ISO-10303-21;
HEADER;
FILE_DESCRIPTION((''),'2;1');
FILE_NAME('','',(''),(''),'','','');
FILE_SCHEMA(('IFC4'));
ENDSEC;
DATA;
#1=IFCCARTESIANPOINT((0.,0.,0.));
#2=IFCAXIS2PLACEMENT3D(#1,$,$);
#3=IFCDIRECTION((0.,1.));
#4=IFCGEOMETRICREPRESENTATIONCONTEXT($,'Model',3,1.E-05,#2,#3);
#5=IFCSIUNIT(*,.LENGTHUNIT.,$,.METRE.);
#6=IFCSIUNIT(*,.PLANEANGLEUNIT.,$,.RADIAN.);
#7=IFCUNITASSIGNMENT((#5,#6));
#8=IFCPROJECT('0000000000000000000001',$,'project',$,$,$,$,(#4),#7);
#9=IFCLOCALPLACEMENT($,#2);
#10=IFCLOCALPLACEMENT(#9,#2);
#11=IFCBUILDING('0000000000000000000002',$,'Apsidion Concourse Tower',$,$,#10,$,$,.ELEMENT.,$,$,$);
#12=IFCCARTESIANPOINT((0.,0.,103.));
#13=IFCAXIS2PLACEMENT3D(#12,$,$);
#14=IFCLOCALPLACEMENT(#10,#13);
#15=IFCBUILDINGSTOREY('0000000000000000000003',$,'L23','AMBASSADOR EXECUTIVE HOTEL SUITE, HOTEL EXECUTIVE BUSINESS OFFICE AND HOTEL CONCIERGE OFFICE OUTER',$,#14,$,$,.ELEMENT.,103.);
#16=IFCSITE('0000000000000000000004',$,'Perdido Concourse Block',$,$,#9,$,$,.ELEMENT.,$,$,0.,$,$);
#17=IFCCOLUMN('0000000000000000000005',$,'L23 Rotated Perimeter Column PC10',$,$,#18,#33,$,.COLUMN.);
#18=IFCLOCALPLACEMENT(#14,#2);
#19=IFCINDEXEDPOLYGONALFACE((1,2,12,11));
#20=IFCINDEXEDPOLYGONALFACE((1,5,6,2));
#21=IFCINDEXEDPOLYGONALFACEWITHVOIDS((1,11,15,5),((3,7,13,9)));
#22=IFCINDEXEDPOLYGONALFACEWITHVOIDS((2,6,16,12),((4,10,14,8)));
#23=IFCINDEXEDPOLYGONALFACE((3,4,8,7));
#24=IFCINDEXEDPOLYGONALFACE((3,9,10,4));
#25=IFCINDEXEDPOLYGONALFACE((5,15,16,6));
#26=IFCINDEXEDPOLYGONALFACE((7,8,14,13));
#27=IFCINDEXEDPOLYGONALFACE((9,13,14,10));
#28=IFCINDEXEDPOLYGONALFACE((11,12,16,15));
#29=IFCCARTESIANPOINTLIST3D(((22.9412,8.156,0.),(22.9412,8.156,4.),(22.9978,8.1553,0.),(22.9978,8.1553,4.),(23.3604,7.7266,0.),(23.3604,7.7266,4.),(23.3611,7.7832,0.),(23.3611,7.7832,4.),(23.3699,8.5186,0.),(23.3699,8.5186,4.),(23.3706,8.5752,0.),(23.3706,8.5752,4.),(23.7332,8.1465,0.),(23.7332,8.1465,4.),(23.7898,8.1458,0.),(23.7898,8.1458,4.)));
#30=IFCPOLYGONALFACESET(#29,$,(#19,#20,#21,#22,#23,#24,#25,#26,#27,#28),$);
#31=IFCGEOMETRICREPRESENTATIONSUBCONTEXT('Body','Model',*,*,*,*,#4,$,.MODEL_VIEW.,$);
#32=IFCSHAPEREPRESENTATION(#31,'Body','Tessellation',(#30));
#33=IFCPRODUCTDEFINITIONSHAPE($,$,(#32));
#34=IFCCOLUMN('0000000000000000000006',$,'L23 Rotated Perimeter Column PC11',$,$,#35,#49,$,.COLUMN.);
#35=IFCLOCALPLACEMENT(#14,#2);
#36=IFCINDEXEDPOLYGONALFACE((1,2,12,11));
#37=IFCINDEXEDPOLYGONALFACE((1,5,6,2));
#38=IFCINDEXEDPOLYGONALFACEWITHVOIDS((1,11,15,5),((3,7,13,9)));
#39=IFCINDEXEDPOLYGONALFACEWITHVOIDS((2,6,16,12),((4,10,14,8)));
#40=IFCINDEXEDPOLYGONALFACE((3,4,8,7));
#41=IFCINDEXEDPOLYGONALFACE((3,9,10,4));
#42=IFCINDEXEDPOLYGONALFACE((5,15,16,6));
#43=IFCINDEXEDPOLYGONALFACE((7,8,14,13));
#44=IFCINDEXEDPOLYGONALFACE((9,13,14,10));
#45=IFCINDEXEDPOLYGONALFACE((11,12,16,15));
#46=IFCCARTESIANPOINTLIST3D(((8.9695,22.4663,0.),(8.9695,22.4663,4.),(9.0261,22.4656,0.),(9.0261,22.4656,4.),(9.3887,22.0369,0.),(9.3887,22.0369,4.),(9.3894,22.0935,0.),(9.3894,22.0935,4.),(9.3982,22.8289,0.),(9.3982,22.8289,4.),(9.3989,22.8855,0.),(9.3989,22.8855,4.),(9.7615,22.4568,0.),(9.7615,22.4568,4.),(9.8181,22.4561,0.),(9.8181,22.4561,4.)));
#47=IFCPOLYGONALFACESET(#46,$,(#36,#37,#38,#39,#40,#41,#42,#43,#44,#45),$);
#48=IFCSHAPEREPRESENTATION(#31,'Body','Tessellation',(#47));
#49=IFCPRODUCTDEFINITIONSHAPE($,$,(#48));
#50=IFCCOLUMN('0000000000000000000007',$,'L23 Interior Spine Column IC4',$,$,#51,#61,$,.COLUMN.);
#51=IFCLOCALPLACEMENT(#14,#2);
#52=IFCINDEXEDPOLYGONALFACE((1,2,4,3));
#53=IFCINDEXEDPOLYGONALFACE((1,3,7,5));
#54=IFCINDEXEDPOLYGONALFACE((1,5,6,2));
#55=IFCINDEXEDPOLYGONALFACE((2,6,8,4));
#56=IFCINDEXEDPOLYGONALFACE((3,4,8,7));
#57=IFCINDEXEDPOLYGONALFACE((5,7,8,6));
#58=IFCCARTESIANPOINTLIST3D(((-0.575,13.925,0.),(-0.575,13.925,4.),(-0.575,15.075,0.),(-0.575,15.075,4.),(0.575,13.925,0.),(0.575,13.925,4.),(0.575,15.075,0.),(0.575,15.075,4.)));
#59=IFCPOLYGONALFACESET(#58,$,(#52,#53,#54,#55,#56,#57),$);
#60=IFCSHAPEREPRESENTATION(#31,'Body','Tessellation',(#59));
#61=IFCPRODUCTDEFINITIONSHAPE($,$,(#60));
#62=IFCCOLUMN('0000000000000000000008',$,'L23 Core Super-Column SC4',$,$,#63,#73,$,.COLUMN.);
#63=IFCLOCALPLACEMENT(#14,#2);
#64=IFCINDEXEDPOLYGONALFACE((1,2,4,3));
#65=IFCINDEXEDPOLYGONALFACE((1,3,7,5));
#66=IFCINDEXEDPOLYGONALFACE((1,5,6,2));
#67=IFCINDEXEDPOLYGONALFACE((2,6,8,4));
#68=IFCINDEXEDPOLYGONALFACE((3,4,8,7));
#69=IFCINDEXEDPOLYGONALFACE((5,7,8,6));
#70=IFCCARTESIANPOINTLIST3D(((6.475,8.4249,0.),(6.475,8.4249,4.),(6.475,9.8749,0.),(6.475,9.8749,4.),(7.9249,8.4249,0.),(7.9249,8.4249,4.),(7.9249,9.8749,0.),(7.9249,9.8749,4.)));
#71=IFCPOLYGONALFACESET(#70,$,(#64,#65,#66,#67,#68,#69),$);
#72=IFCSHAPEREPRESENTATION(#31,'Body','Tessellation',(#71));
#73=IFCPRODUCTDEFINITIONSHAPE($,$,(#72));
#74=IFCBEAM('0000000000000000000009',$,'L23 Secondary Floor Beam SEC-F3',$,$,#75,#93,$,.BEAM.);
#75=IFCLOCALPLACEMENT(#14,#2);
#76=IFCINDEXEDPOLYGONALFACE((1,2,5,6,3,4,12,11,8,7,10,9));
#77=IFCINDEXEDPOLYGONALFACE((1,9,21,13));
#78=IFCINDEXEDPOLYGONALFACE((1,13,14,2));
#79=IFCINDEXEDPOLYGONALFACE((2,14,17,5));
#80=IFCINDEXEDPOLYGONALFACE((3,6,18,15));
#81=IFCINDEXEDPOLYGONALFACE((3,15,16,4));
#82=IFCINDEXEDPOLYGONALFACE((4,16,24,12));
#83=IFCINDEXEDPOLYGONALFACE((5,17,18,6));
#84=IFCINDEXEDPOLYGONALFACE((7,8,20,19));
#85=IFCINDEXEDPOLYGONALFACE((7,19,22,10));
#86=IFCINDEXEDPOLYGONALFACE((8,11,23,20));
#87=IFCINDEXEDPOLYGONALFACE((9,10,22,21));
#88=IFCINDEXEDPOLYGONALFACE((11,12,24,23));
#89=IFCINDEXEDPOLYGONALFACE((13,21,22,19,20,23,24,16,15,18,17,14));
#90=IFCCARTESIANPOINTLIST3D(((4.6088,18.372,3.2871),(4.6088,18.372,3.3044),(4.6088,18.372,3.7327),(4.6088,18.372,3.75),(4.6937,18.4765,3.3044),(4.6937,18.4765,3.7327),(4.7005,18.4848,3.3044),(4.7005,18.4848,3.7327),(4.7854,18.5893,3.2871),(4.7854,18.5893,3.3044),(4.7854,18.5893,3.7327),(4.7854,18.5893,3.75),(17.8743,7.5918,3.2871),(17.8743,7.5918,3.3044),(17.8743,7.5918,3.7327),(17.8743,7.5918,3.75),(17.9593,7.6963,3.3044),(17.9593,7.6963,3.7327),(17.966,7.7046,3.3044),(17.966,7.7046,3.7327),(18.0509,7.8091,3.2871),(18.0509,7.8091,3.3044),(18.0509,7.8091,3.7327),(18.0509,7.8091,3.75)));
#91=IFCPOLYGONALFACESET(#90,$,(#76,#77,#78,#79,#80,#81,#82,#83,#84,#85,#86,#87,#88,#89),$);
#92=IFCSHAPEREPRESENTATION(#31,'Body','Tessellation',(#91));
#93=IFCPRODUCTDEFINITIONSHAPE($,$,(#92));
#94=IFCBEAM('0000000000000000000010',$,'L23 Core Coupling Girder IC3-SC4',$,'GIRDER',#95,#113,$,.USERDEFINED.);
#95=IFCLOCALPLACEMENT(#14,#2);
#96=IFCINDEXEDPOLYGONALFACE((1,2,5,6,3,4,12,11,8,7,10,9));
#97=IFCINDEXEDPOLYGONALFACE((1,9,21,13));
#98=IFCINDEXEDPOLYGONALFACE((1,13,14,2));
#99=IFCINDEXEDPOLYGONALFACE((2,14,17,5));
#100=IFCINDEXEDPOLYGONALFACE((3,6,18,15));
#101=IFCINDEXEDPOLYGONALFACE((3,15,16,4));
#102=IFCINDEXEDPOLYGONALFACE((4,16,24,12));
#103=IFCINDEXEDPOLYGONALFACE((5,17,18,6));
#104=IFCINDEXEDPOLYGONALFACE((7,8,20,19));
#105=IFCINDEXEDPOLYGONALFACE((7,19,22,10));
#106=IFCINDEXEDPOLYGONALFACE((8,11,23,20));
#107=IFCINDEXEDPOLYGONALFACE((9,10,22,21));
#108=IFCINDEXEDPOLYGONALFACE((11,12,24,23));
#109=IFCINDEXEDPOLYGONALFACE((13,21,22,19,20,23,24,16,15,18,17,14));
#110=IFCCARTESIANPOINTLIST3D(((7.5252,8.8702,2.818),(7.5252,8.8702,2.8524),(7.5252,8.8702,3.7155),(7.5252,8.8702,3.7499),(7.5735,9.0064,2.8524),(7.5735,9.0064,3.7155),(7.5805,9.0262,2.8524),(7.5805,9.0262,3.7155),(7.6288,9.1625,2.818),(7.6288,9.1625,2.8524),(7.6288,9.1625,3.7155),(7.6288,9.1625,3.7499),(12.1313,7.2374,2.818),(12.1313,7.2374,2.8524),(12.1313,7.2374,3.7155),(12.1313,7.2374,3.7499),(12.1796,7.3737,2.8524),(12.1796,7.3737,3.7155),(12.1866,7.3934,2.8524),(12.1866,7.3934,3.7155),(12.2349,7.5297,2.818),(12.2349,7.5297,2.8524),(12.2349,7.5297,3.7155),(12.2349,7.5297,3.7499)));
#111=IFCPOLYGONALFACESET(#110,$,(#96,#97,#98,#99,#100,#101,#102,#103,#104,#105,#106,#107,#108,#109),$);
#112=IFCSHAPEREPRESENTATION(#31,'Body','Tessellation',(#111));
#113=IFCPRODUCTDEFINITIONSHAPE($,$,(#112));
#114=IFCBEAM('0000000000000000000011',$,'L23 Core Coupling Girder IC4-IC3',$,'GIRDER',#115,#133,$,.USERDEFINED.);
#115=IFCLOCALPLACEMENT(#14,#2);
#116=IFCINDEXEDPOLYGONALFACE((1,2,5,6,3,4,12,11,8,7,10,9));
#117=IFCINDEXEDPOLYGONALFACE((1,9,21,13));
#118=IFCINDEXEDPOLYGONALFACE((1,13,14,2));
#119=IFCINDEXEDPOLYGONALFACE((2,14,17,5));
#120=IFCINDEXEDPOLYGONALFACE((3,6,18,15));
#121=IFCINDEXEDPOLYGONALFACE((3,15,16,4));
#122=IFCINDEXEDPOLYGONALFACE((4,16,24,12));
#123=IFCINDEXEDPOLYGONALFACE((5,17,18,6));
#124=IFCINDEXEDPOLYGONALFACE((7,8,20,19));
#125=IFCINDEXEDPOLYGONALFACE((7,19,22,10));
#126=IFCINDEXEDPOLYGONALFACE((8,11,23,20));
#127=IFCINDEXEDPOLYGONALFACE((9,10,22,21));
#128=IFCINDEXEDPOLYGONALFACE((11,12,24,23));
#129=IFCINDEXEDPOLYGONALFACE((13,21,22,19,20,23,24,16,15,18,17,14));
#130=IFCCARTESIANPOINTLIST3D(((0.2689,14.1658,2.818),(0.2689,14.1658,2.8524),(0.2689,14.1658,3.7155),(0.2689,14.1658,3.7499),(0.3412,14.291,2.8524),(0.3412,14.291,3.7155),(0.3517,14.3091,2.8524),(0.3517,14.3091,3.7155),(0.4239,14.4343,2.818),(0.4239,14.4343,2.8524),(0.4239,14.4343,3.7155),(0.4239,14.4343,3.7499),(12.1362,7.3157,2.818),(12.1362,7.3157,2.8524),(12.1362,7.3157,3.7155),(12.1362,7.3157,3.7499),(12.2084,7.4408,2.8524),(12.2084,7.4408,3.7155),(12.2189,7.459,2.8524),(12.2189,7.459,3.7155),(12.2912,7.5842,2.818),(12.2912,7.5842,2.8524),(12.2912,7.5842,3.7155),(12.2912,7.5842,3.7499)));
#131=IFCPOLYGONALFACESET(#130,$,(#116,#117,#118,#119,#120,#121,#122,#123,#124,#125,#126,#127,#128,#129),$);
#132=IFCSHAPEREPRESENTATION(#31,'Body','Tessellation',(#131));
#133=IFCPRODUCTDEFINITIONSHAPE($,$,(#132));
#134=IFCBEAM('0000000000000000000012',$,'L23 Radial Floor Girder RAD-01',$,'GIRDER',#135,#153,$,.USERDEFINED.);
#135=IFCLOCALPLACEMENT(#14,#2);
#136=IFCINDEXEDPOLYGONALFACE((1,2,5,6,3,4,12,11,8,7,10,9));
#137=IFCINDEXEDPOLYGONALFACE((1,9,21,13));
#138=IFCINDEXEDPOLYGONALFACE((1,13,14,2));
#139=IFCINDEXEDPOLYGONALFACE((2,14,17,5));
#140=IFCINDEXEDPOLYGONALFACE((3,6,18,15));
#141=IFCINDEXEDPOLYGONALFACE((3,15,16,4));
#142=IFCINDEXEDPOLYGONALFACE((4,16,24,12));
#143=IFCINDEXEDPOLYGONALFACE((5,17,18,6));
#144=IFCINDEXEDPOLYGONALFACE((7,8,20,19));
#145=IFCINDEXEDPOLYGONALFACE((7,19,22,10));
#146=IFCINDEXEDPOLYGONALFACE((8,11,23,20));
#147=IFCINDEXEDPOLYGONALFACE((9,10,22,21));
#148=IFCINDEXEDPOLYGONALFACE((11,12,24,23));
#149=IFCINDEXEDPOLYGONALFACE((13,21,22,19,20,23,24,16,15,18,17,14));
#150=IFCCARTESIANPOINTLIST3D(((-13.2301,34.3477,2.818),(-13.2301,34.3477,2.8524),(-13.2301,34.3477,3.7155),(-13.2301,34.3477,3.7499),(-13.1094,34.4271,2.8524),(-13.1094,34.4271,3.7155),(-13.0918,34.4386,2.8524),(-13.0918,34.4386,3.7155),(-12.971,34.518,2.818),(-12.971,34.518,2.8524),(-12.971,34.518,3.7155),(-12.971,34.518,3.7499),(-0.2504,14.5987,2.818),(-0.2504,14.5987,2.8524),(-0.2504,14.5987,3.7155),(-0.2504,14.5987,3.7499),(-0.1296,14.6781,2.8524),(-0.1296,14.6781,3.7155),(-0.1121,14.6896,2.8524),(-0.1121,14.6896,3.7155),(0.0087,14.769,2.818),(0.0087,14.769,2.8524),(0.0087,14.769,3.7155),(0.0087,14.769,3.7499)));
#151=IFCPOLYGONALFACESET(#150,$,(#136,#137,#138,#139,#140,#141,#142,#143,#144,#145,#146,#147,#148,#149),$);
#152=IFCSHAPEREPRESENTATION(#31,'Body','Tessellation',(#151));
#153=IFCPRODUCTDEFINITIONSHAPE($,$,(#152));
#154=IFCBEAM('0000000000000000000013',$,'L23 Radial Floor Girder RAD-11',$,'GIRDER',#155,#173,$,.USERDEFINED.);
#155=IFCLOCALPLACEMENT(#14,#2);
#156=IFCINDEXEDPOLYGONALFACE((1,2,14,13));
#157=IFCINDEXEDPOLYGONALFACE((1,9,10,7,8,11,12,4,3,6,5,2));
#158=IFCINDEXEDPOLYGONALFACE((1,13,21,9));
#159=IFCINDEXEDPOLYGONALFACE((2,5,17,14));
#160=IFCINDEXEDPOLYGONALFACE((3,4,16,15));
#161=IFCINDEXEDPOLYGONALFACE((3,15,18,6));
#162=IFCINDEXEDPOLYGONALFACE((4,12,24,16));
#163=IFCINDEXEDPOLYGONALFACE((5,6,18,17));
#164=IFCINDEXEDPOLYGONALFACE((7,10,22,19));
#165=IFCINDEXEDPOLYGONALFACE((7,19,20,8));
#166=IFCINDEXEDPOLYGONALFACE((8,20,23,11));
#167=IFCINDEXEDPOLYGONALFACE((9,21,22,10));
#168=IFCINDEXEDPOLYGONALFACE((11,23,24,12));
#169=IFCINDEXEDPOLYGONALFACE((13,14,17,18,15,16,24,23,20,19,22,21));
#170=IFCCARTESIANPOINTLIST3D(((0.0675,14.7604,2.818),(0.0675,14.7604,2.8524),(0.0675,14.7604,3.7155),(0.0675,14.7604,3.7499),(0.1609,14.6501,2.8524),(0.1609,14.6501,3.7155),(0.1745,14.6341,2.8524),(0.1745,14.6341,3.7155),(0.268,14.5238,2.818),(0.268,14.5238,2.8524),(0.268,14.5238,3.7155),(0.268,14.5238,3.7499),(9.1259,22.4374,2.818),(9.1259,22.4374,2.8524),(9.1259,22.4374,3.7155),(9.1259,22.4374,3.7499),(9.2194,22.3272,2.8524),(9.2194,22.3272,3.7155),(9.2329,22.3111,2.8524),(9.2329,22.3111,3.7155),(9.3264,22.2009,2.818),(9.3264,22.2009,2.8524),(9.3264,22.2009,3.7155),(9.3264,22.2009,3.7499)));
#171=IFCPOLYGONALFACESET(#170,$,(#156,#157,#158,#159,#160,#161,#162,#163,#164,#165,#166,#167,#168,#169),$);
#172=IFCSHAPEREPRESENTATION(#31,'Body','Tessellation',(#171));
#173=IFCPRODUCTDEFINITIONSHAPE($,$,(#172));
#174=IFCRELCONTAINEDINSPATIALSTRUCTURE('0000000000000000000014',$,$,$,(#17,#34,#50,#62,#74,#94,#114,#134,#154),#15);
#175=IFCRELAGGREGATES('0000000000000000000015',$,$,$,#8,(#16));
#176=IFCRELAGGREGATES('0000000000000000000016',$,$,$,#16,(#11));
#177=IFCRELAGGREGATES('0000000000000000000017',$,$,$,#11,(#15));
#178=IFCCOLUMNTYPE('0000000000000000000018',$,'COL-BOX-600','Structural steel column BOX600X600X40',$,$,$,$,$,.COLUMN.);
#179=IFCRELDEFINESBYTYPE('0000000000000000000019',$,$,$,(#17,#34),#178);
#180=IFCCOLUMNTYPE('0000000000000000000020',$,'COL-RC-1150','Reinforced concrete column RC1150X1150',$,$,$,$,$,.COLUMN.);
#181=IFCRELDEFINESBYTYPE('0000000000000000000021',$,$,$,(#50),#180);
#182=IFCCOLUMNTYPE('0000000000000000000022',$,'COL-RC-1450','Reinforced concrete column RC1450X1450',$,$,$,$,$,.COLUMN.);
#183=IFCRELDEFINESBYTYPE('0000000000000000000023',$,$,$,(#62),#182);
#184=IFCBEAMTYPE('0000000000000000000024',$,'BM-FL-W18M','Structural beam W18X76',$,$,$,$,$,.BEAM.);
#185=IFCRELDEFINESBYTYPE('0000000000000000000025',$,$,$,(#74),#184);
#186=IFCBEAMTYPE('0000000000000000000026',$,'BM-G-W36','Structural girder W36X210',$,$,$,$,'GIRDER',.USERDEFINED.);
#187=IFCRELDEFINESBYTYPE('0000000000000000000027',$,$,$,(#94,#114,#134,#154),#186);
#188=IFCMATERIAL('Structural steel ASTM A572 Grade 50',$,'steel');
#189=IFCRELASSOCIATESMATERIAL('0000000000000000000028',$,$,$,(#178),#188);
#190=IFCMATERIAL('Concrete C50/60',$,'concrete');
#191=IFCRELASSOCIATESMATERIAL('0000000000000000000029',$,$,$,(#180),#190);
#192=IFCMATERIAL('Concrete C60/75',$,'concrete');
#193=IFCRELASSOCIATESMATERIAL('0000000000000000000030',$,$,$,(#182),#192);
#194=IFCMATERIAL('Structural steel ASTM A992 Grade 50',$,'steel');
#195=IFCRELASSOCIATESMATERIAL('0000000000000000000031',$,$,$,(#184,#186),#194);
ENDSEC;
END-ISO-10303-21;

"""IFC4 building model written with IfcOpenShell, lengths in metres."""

from ifc_helpers import new_model, si_unit, direction, frame, origin, origin_2d, place, context, subcontext, project, spatial, rectangle, hollow_rectangle, i_section, extrude, material, material_profile, profile_set, type_object, element, save


model = new_model("IFC4")

# Units and contexts
model_context = context("Model", 3, precision=1e-05, world=origin(), true_north=direction((0.0, 1.0)))
body_context = subcontext(model_context, "Body", "Model", "MODEL_VIEW")
ifc_project = project(units=[si_unit("LENGTHUNIT", "METRE"), si_unit("PLANEANGLEUNIT", "RADIAN")], contexts=[model_context])

# Site, building, storey
site_placement = place(None, origin())
site = spatial("IfcSite", under=ifc_project, at=site_placement, Name="Perdido Concourse Block", CompositionType="ELEMENT", RefElevation=0.0)
building_placement = place(site_placement, origin())
building = spatial("IfcBuilding", under=site, at=building_placement, Name="Apsidion Concourse Tower", CompositionType="ELEMENT")
storey_placement = place(building_placement, frame((0.0, 0.0, 103.0)))
storey = spatial("IfcBuildingStorey", under=building, at=storey_placement, Name="L23", Description="AMBASSADOR EXECUTIVE HOTEL SUITE, HOTEL EXECUTIVE BUSINESS OFFICE AND HOTEL CONCIERGE OFFICE OUTER", CompositionType="ELEMENT", Elevation=103.0)

# Columns
ifc_material_1 = material(Name="Structural steel ASTM A572 Grade 50", Category="steel")
ifc_material_profile_1 = material_profile(ifc_material_1, hollow_rectangle(XDim=0.6001, YDim=0.6001, WallThickness=0.04, at=origin_2d()), Name="BOX600X600X40")
ifc_profile_set_1 = profile_set([ifc_material_profile_1], Name="Structural steel ASTM A572 Grade 50")
column_type_1 = type_object("IfcColumnType", Name="COL-BOX-600", Description="Structural steel column BOX600X600X40", PredefinedType="COLUMN", material=ifc_profile_set_1)
for number, where, z_axis, x_axis, name in (
    (1, (23.3655, 8.1509, 0.0), (0.0, 0.0, 1.0), (-0.69854, 0.715571, 0.0), "L23 Rotated Perimeter Column PC10"),
    (2, (9.3938, 22.4612, 0.0), (0.0, 0.0, 1.0), (-0.69854, 0.715571, 0.0), "L23 Rotated Perimeter Column PC11"),
):
    element("IfcColumn", number, at=place(storey_placement, frame(where, z_axis=z_axis, x_axis=x_axis)), inside=storey, type_object=column_type_1, Name=name, PredefinedType="COLUMN", context=body_context, shape_type="SweptSolid", body=[
        extrude(hollow_rectangle(XDim=0.6001, YDim=0.6001, WallThickness=0.04, at=origin_2d()), origin(), (0.0, 0.0, 1.0), 4.0),
    ])
ifc_material_2 = material(Name="Concrete C50/60", Category="concrete")
ifc_material_profile_2 = material_profile(ifc_material_2, rectangle(XDim=1.1499, YDim=1.1499, at=origin_2d()), Name="RC 1150x1150")
ifc_profile_set_2 = profile_set([ifc_material_profile_2], Name="Concrete C50/60")
column_type_2 = type_object("IfcColumnType", Name="COL-RC-1150", Description="Reinforced concrete column RC1150X1150", PredefinedType="COLUMN", material=ifc_profile_set_2)
column_1_placement = place(storey_placement, frame((0.0, 14.5, 0.0), z_axis=(0.0, 0.0, 1.0), x_axis=(1.0, 0.0, 0.0)))
element("IfcColumn", 3, at=column_1_placement, inside=storey, type_object=column_type_2, Name="L23 Interior Spine Column IC4", PredefinedType="COLUMN", context=body_context, shape_type="SweptSolid", body=[
    extrude(rectangle(XDim=1.1499, YDim=1.1499, at=origin_2d()), origin(), (0.0, 0.0, 1.0), 4.0),
])
ifc_material_3 = material(Name="Concrete C60/75", Category="concrete")
ifc_material_profile_3 = material_profile(ifc_material_3, rectangle(XDim=1.45, YDim=1.45, at=origin_2d()), Name="RC 1450x1450")
ifc_profile_set_3 = profile_set([ifc_material_profile_3], Name="Concrete C60/75")
column_type_3 = type_object("IfcColumnType", Name="COL-RC-1450", Description="Reinforced concrete column RC1450X1450", PredefinedType="COLUMN", material=ifc_profile_set_3)
column_2_placement = place(storey_placement, frame((7.2, 9.1499, 0.0), z_axis=(0.0, 0.0, 1.0), x_axis=(1.0, 0.0, 0.0)))
element("IfcColumn", 4, at=column_2_placement, inside=storey, type_object=column_type_3, Name="L23 Core Super-Column SC4", PredefinedType="COLUMN", context=body_context, shape_type="SweptSolid", body=[
    extrude(rectangle(XDim=1.45, YDim=1.45, at=origin_2d()), origin(), (0.0, 0.0, 1.0), 4.0),
])

# Beams
ifc_material_4 = material(Name="Structural steel ASTM A992 Grade 50", Category="steel")
ifc_material_profile_4 = material_profile(ifc_material_4, i_section(OverallWidth=0.28, OverallDepth=0.4629, WebThickness=0.0107, FlangeThickness=0.0173, at=origin_2d()), Name="W18X76")
ifc_profile_set_4 = profile_set([ifc_material_profile_4], Name="Structural steel ASTM A992 Grade 50")
beam_type_1 = type_object("IfcBeamType", Name="BM-FL-W18M", Description="Structural beam W18X76", PredefinedType="BEAM", material=ifc_profile_set_4)
beam_1_placement = place(storey_placement, frame((17.9626, 7.7004, 3.5186), z_axis=(-0.776058, 0.630661, 0.0), x_axis=(-0.630661, -0.776058, 0.0)))
element("IfcBeam", 5, at=beam_1_placement, inside=storey, type_object=beam_type_1, Name="L23 Secondary Floor Beam SEC-F3", PredefinedType="BEAM", context=body_context, shape_type="SweptSolid", body=[
    extrude(i_section(OverallWidth=0.28, OverallDepth=0.4629, WebThickness=0.0107, FlangeThickness=0.0173, at=origin_2d()), origin(), (0.0, 0.0, 1.0), 17.0935),
])
ifc_material_profile_5 = material_profile(ifc_material_4, i_section(OverallWidth=0.3101, OverallDepth=0.9319, WebThickness=0.021, FlangeThickness=0.0344, at=origin_2d()), Name="W36X210")
ifc_profile_set_5 = profile_set([ifc_material_profile_5], Name="Structural steel ASTM A992 Grade 50")
beam_type_2 = type_object("IfcBeamType", Name="BM-G-W36", Description="Structural girder W36X210", ElementType="GIRDER", PredefinedType="USERDEFINED", material=ifc_profile_set_5)
beam_2_placement = place(storey_placement, frame((12.1831, 7.3835, 3.2839), z_axis=(-0.942534, 0.334111, 0.0), x_axis=(-0.334111, -0.942534, 0.0)))
element("IfcBeam", 6, at=beam_2_placement, inside=storey, type_object=beam_type_2, Name="L23 Core Coupling Girder IC3-SC4", ObjectType="GIRDER", PredefinedType="USERDEFINED", context=body_context, shape_type="SweptSolid", body=[
    extrude(i_section(OverallWidth=0.3101, OverallDepth=0.9319, WebThickness=0.021, FlangeThickness=0.0344, at=origin_2d()), origin(), (0.0, 0.0, 1.0), 4.887),
])
beam_3_placement = place(storey_placement, frame((0.3464, 14.3, 3.2839), z_axis=(0.86607, -0.499922, 0.0), x_axis=(0.499922, 0.86607, 0.0)))
element("IfcBeam", 7, at=beam_3_placement, inside=storey, type_object=beam_type_2, Name="L23 Core Coupling Girder IC4-IC3", ObjectType="GIRDER", PredefinedType="USERDEFINED", context=body_context, shape_type="SweptSolid", body=[
    extrude(i_section(OverallWidth=0.3101, OverallDepth=0.9319, WebThickness=0.021, FlangeThickness=0.0344, at=origin_2d()), origin(), (0.0, 0.0, 1.0), 13.7024),
])
beam_4_placement = place(storey_placement, frame((-0.1208, 14.6838, 3.2839), z_axis=(-0.549231, 0.83567, 0.0), x_axis=(-0.83567, -0.549231, 0.0)))
element("IfcBeam", 8, at=beam_4_placement, inside=storey, type_object=beam_type_2, Name="L23 Radial Floor Girder RAD-01", ObjectType="GIRDER", PredefinedType="USERDEFINED", context=body_context, shape_type="SweptSolid", body=[
    extrude(i_section(OverallWidth=0.3101, OverallDepth=0.9319, WebThickness=0.021, FlangeThickness=0.0344, at=origin_2d()), origin(), (0.0, 0.0, 1.0), 23.6326),
])
beam_5_placement = place(storey_placement, frame((0.1677, 14.6421, 3.2839), z_axis=(0.762878, 0.646543, 0.0), x_axis=(-0.646543, 0.762878, 0.0)))
element("IfcBeam", 9, at=beam_5_placement, inside=storey, type_object=beam_type_2, Name="L23 Radial Floor Girder RAD-11", ObjectType="GIRDER", PredefinedType="USERDEFINED", context=body_context, shape_type="SweptSolid", body=[
    extrude(i_section(OverallWidth=0.3101, OverallDepth=0.9319, WebThickness=0.021, FlangeThickness=0.0344, at=origin_2d()), origin(), (0.0, 0.0, 1.0), 11.874),
])

save(model, "model.ifc")
